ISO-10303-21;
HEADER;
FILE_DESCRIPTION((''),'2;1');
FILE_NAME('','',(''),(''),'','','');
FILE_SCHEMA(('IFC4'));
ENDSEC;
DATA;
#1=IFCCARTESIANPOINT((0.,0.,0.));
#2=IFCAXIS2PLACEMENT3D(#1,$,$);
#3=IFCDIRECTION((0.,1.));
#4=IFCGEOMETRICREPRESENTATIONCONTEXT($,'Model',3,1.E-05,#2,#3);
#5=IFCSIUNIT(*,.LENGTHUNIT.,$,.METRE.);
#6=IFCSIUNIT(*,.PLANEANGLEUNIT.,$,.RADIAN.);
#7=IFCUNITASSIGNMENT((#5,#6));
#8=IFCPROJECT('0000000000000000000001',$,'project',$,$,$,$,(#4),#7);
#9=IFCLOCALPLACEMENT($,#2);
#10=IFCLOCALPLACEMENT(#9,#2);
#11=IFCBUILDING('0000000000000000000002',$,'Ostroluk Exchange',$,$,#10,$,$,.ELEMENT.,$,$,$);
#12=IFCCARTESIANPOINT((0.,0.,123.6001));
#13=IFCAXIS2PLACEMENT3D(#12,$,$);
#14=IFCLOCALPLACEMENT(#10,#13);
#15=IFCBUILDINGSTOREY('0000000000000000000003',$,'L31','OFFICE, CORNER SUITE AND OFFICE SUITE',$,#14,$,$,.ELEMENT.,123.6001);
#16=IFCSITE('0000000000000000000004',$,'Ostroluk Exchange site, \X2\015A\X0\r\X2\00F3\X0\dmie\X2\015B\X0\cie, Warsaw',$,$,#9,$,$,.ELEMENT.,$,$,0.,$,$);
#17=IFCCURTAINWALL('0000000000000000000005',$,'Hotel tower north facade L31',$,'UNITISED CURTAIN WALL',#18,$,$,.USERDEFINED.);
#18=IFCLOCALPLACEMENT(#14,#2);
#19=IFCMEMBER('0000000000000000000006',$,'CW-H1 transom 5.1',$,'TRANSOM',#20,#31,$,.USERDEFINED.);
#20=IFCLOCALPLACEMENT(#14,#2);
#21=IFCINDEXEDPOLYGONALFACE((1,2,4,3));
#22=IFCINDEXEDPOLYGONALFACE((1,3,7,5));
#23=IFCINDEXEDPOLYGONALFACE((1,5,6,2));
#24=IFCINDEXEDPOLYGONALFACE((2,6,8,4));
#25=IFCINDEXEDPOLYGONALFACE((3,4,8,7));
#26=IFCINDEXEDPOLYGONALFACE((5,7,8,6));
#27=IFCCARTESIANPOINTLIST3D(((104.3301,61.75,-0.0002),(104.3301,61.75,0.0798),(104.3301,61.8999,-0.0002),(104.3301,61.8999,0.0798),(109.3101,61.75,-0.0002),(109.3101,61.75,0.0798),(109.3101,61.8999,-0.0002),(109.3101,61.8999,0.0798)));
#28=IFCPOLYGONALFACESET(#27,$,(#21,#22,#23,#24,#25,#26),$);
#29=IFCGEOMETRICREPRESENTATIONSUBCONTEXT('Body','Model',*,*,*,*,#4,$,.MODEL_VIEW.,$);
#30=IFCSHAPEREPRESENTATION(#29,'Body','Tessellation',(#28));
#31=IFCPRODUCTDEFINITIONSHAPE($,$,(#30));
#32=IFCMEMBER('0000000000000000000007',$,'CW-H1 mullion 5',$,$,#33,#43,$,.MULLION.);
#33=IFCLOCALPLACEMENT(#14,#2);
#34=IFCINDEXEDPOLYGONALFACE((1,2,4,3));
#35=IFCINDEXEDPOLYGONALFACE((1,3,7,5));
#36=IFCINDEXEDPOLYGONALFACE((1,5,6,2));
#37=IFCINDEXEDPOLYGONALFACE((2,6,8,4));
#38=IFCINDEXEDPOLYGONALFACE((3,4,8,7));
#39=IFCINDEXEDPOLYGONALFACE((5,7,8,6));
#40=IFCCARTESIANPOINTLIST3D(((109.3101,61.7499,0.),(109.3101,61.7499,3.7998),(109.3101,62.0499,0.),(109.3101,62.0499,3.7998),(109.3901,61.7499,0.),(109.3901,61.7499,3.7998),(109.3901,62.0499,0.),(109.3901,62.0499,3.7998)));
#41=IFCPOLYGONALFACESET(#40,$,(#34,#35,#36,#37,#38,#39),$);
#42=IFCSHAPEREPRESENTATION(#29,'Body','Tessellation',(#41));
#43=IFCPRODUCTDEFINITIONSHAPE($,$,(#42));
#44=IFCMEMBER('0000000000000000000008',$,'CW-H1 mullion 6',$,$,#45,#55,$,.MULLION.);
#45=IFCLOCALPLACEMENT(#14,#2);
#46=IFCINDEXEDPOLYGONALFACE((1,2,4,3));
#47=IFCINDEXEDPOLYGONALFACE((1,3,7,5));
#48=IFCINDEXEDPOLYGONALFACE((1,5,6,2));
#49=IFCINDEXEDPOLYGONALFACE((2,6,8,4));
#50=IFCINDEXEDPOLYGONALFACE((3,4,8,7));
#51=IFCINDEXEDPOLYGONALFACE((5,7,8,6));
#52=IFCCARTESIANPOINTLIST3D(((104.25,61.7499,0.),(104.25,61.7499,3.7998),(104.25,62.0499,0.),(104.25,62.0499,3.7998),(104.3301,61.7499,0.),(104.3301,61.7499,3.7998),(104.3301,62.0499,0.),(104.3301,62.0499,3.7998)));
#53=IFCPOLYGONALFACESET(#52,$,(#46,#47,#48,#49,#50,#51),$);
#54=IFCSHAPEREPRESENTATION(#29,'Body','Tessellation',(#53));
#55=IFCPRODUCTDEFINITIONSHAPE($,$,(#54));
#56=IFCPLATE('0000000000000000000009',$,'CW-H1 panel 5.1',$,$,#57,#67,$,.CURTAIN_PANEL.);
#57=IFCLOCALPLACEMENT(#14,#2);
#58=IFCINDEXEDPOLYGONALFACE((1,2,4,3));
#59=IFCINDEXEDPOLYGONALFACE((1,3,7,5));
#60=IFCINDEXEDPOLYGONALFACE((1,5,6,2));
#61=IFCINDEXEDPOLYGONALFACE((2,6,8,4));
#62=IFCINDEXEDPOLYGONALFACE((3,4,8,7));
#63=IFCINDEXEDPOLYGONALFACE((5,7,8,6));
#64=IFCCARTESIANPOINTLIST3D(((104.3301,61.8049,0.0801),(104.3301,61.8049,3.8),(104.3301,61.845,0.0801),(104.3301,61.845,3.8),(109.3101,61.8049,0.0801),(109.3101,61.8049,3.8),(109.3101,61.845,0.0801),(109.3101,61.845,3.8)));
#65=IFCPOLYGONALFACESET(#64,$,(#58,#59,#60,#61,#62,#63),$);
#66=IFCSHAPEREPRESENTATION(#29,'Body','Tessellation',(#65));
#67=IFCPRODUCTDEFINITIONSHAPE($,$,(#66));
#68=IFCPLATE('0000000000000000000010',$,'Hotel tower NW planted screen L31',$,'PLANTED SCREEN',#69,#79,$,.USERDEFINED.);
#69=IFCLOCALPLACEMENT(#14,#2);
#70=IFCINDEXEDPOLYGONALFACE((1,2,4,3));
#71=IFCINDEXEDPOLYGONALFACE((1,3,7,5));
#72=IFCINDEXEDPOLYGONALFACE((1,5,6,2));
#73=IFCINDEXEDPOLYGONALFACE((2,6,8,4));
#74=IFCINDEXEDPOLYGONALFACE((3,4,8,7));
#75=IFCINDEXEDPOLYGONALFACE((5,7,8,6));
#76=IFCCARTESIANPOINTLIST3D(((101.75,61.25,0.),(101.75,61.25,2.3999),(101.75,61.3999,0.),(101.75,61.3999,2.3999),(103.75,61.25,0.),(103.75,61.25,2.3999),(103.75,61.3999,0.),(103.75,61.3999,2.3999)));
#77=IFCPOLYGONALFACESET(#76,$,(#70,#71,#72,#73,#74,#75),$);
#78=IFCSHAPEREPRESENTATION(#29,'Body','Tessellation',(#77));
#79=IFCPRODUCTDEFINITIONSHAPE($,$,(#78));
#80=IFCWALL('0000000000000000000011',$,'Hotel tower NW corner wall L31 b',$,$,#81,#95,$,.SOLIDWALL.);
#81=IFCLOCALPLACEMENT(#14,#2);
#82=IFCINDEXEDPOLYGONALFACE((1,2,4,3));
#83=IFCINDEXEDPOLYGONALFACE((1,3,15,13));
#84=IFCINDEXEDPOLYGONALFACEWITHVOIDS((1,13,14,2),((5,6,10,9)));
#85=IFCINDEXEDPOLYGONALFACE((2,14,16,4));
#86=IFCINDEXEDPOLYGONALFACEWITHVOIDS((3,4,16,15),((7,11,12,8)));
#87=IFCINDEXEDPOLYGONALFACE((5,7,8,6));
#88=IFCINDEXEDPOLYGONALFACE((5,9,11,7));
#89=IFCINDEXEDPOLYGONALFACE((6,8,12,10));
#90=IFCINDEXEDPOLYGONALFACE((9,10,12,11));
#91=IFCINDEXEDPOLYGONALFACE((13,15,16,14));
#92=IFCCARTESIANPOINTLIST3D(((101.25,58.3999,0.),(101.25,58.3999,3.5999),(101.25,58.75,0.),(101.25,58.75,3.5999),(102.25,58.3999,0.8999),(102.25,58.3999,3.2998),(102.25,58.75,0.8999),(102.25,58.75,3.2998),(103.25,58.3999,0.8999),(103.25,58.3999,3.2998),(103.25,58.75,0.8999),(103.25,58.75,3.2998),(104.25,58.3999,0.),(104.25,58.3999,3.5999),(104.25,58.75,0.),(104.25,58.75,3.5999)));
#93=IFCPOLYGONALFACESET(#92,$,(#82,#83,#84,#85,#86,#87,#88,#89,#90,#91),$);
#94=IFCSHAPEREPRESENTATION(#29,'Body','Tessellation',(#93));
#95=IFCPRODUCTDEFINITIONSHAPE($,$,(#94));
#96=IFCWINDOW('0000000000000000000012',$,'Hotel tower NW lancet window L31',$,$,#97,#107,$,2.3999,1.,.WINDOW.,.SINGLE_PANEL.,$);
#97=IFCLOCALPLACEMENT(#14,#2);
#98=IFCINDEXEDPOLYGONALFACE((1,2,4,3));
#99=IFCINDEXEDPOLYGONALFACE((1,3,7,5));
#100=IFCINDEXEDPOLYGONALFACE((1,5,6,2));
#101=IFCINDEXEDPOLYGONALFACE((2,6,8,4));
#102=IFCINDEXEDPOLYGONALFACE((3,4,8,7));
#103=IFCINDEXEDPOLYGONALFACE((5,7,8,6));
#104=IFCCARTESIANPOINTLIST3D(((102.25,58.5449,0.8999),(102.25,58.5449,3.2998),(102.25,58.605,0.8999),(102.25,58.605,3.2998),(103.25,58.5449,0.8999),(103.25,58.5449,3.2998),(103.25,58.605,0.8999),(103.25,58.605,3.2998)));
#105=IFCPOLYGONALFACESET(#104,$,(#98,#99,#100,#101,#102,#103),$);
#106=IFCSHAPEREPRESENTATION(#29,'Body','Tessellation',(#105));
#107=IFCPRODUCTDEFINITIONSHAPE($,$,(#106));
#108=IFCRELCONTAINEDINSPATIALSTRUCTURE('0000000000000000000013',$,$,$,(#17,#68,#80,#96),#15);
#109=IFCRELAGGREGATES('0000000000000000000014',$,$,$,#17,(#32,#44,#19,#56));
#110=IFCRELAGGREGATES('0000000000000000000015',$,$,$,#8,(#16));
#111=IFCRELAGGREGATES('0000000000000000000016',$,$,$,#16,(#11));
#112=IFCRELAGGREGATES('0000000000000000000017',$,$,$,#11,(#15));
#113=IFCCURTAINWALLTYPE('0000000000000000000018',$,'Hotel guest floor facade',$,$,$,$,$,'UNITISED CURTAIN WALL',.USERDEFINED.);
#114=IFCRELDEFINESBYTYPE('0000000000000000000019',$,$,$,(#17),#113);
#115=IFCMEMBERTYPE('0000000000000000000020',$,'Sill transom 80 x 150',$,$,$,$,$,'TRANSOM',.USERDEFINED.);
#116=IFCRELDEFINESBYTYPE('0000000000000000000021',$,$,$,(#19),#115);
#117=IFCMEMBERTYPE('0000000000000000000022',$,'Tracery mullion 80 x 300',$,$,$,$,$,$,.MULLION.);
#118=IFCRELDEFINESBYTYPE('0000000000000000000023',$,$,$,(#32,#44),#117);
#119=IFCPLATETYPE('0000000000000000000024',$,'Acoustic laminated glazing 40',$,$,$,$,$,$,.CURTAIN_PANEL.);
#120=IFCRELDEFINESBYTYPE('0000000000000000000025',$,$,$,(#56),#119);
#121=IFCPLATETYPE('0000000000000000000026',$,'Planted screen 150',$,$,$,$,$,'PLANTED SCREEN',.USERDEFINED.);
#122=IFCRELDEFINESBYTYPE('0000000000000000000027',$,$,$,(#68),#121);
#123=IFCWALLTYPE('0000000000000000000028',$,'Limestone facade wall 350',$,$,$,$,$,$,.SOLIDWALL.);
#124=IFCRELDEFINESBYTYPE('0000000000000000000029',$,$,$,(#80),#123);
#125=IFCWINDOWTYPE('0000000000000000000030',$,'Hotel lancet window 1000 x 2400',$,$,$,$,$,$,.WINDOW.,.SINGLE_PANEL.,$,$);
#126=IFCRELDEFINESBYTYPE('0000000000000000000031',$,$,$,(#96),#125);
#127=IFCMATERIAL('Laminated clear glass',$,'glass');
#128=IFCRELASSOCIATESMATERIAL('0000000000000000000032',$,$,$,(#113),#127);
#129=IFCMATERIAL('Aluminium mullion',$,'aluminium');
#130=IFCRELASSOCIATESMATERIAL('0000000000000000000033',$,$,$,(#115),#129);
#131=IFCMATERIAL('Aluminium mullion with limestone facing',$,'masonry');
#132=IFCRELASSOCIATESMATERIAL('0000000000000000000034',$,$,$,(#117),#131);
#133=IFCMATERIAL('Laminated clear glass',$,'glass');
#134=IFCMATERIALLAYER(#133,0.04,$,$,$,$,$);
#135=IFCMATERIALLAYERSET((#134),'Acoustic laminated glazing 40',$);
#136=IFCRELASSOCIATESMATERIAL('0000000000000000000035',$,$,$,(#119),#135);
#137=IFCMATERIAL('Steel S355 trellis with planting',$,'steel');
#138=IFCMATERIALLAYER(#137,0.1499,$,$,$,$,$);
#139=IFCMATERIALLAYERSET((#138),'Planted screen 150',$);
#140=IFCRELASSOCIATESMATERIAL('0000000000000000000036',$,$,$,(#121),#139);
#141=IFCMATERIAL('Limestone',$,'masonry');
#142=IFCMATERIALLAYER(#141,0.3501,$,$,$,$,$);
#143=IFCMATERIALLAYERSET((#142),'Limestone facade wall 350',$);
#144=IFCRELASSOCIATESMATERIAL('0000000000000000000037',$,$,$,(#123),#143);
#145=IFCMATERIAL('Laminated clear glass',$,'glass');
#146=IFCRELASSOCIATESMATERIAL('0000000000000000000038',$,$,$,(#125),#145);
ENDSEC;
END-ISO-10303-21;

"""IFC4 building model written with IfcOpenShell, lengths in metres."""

from ifc_helpers import new_model, si_unit, direction, frame, frame_2d, origin, origin_2d, place, context, subcontext, project, spatial, rectangle, extrude, material, layer, layer_set, material_profile, profile_set, type_object, element, fill, aggregate, save


model = new_model("IFC4")

# Units and contexts
model_context = context("Model", 3, precision=1e-05, world=origin(), true_north=direction((0.0, 1.0)))
body_context = subcontext(model_context, "Body", "Model", "MODEL_VIEW")
ifc_project = project(units=[si_unit("LENGTHUNIT", "METRE"), si_unit("PLANEANGLEUNIT", "RADIAN")], contexts=[model_context])

# Site, building, storey
site_placement = place(None, origin())
site = spatial("IfcSite", under=ifc_project, at=site_placement, Name="Ostroluk Exchange site, Śródmieście, Warsaw", CompositionType="ELEMENT", RefElevation=0.0)
building_placement = place(site_placement, origin())
building = spatial("IfcBuilding", under=site, at=building_placement, Name="Ostroluk Exchange", CompositionType="ELEMENT")
storey_placement = place(building_placement, frame((0.0, 0.0, 123.6001)))
storey = spatial("IfcBuildingStorey", under=building, at=storey_placement, Name="L31", Description="OFFICE, CORNER SUITE AND OFFICE SUITE", CompositionType="ELEMENT", Elevation=123.6001)

# Curtain wall, members, plate
ifc_material_1 = material(Name="Laminated clear glass", Category="glass")
curtain_wall_type = type_object("IfcCurtainWallType", Name="Hotel guest floor facade", ElementType="UNITISED CURTAIN WALL", PredefinedType="USERDEFINED", material=ifc_material_1)
curtain_wall_placement = place(storey_placement, origin())
curtain_wall = element("IfcCurtainWall", 1, at=curtain_wall_placement, inside=storey, type_object=curtain_wall_type, Name="Hotel tower north facade L31", ObjectType="UNITISED CURTAIN WALL", PredefinedType="USERDEFINED")
ifc_material_2 = material(Name="Aluminium mullion", Category="aluminium")
ifc_material_profile_1 = material_profile(ifc_material_2, rectangle(XDim=0.1499, YDim=0.0801, at=origin_2d()), Name="Sill transom 80 x 150")
ifc_profile_set_1 = profile_set([ifc_material_profile_1], Name="Aluminium mullion")
member_type_1 = type_object("IfcMemberType", Name="Sill transom 80 x 150", ElementType="TRANSOM", PredefinedType="USERDEFINED", material=ifc_profile_set_1)
member_1_placement = place(storey_placement, frame((109.3101, 61.825, 0.0398), z_axis=(-1.0, 0.0, 0.0), x_axis=(0.0, -1.0, 0.0)))
member_1 = element("IfcMember", 2, at=member_1_placement, type_object=member_type_1, Name="CW-H1 transom 5.1", ObjectType="TRANSOM", PredefinedType="USERDEFINED", context=body_context, shape_type="SweptSolid", body=[
    extrude(rectangle(XDim=0.1499, YDim=0.0801, at=origin_2d()), origin(), (0.0, 0.0, 1.0), 4.98),
])
ifc_material_3 = material(Name="Aluminium mullion with limestone facing", Category="masonry")
ifc_material_profile_2 = material_profile(ifc_material_3, rectangle(XDim=0.3, YDim=0.0801, at=origin_2d()), Name="Tracery mullion 80 x 300")
ifc_profile_set_2 = profile_set([ifc_material_profile_2], Name="Aluminium mullion with limestone facing")
member_type_2 = type_object("IfcMemberType", Name="Tracery mullion 80 x 300", PredefinedType="MULLION", material=ifc_profile_set_2)
member_2_placement = place(storey_placement, frame((109.3501, 61.8999, 0.0), z_axis=(0.0, 0.0, 1.0), x_axis=(0.0, -1.0, 0.0)))
member_2 = element("IfcMember", 3, at=member_2_placement, type_object=member_type_2, Name="CW-H1 mullion 5", PredefinedType="MULLION", context=body_context, shape_type="SweptSolid", body=[
    extrude(rectangle(XDim=0.3, YDim=0.0801, at=origin_2d()), origin(), (0.0, 0.0, 1.0), 3.7998),
])
member_3_placement = place(storey_placement, frame((104.29, 61.8999, 0.0), z_axis=(0.0, 0.0, 1.0), x_axis=(0.0, -1.0, 0.0)))
member_3 = element("IfcMember", 4, at=member_3_placement, type_object=member_type_2, Name="CW-H1 mullion 6", PredefinedType="MULLION", context=body_context, shape_type="SweptSolid", body=[
    extrude(rectangle(XDim=0.3, YDim=0.0801, at=origin_2d()), origin(), (0.0, 0.0, 1.0), 3.7998),
])
ifc_material_4 = material(Name="Laminated clear glass", Category="glass")
ifc_layer_1 = layer(ifc_material_4, 0.04)
ifc_layer_set_1 = layer_set([ifc_layer_1], Name="Acoustic laminated glazing 40")
plate_type_1 = type_object("IfcPlateType", Name="Acoustic laminated glazing 40", PredefinedType="CURTAIN_PANEL", material=ifc_layer_set_1)
plate_1_placement = place(storey_placement, frame((106.8201, 61.825, 0.0801), z_axis=(0.0, 0.0, 1.0), x_axis=(-1.0, 0.0, 0.0)))
plate_1 = element("IfcPlate", 5, at=plate_1_placement, type_object=plate_type_1, Name="CW-H1 panel 5.1", PredefinedType="CURTAIN_PANEL", context=body_context, shape_type="SweptSolid", body=[
    extrude(rectangle(XDim=4.98, YDim=0.04, at=origin_2d()), origin(), (0.0, 0.0, 1.0), 3.72),
])
aggregate(curtain_wall, [member_2, member_3, member_1, plate_1])

# Plate
ifc_material_5 = material(Name="Steel S355 trellis with planting", Category="steel")
ifc_layer_2 = layer(ifc_material_5, 0.1499)
ifc_layer_set_2 = layer_set([ifc_layer_2], Name="Planted screen 150")
plate_type_2 = type_object("IfcPlateType", Name="Planted screen 150", ElementType="PLANTED SCREEN", PredefinedType="USERDEFINED", material=ifc_layer_set_2)
plate_2_placement = place(storey_placement, frame((102.75, 61.325, 0.0), z_axis=(0.0, 0.0, 1.0), x_axis=(1.0, 0.0, 0.0)))
element("IfcPlate", 6, at=plate_2_placement, inside=storey, type_object=plate_type_2, Name="Hotel tower NW planted screen L31", ObjectType="PLANTED SCREEN", PredefinedType="USERDEFINED", context=body_context, shape_type="SweptSolid", body=[
    extrude(rectangle(XDim=2.0, YDim=0.1499, at=origin_2d()), origin(), (0.0, 0.0, 1.0), 2.3999),
])

# Shared definitions
ifc_material_6 = material(Name="Limestone", Category="masonry")
ifc_layer_3 = layer(ifc_material_6, 0.3501)
ifc_layer_set_3 = layer_set([ifc_layer_3], Name="Limestone facade wall 350")
wall_type_1 = type_object("IfcWallType", Name="Limestone facade wall 350", PredefinedType="SOLIDWALL", material=ifc_layer_set_3)

# Wall, opening, window
wall_1_placement = place(storey_placement, frame((104.25, 58.575, 0.0), z_axis=(0.0, 0.0, 1.0), x_axis=(-1.0, 0.0, 0.0)))
wall_1 = element("IfcWall", 7, at=wall_1_placement, inside=storey, type_object=wall_type_1, Name="Hotel tower NW corner wall L31 b", PredefinedType="SOLIDWALL", context=body_context, shape_type="SweptSolid", body=[
    extrude(rectangle(XDim=3.0, YDim=0.3501, at=frame_2d((1.5, 0.0))), origin(), (0.0, 0.0, 1.0), 3.5999),
])
opening_1_placement = place(wall_1_placement, frame((1.0, 0.0, 0.8999)))
opening_1 = element("IfcOpeningElement", 8, at=opening_1_placement, cuts=wall_1, PredefinedType="OPENING", context=body_context, shape_type="SweptSolid", body=[
    extrude(rectangle(XDim=1.0, YDim=2.3999, at=frame_2d((0.5, 1.2))), frame((0.0, 0.1851, 0.0), z_axis=(0.0, -1.0, 0.0), x_axis=(1.0, 0.0, 0.0)), (0.0, 0.0, 1.0), 0.3701),
])
ifc_material_7 = material(Name="Laminated clear glass", Category="glass")
window_type = type_object("IfcWindowType", Name="Hotel lancet window 1000 x 2400", PartitioningType="SINGLE_PANEL", PredefinedType="WINDOW", material=ifc_material_7)
window_placement = place(opening_1_placement, origin())
window = element("IfcWindow", 9, at=window_placement, inside=storey, type_object=window_type, Name="Hotel tower NW lancet window L31", OverallHeight=2.3999, OverallWidth=1.0, PartitioningType="SINGLE_PANEL", PredefinedType="WINDOW", context=body_context, shape_type="SweptSolid", body=[
    extrude(rectangle(XDim=1.0, YDim=2.3999, at=frame_2d((0.5, 1.2))), frame((0.0, 0.03, 0.0), z_axis=(0.0, -1.0, 0.0), x_axis=(1.0, 0.0, 0.0)), (0.0, 0.0, 1.0), 0.0601),
])
fill(opening_1, window)

save(model, "model.ifc")
